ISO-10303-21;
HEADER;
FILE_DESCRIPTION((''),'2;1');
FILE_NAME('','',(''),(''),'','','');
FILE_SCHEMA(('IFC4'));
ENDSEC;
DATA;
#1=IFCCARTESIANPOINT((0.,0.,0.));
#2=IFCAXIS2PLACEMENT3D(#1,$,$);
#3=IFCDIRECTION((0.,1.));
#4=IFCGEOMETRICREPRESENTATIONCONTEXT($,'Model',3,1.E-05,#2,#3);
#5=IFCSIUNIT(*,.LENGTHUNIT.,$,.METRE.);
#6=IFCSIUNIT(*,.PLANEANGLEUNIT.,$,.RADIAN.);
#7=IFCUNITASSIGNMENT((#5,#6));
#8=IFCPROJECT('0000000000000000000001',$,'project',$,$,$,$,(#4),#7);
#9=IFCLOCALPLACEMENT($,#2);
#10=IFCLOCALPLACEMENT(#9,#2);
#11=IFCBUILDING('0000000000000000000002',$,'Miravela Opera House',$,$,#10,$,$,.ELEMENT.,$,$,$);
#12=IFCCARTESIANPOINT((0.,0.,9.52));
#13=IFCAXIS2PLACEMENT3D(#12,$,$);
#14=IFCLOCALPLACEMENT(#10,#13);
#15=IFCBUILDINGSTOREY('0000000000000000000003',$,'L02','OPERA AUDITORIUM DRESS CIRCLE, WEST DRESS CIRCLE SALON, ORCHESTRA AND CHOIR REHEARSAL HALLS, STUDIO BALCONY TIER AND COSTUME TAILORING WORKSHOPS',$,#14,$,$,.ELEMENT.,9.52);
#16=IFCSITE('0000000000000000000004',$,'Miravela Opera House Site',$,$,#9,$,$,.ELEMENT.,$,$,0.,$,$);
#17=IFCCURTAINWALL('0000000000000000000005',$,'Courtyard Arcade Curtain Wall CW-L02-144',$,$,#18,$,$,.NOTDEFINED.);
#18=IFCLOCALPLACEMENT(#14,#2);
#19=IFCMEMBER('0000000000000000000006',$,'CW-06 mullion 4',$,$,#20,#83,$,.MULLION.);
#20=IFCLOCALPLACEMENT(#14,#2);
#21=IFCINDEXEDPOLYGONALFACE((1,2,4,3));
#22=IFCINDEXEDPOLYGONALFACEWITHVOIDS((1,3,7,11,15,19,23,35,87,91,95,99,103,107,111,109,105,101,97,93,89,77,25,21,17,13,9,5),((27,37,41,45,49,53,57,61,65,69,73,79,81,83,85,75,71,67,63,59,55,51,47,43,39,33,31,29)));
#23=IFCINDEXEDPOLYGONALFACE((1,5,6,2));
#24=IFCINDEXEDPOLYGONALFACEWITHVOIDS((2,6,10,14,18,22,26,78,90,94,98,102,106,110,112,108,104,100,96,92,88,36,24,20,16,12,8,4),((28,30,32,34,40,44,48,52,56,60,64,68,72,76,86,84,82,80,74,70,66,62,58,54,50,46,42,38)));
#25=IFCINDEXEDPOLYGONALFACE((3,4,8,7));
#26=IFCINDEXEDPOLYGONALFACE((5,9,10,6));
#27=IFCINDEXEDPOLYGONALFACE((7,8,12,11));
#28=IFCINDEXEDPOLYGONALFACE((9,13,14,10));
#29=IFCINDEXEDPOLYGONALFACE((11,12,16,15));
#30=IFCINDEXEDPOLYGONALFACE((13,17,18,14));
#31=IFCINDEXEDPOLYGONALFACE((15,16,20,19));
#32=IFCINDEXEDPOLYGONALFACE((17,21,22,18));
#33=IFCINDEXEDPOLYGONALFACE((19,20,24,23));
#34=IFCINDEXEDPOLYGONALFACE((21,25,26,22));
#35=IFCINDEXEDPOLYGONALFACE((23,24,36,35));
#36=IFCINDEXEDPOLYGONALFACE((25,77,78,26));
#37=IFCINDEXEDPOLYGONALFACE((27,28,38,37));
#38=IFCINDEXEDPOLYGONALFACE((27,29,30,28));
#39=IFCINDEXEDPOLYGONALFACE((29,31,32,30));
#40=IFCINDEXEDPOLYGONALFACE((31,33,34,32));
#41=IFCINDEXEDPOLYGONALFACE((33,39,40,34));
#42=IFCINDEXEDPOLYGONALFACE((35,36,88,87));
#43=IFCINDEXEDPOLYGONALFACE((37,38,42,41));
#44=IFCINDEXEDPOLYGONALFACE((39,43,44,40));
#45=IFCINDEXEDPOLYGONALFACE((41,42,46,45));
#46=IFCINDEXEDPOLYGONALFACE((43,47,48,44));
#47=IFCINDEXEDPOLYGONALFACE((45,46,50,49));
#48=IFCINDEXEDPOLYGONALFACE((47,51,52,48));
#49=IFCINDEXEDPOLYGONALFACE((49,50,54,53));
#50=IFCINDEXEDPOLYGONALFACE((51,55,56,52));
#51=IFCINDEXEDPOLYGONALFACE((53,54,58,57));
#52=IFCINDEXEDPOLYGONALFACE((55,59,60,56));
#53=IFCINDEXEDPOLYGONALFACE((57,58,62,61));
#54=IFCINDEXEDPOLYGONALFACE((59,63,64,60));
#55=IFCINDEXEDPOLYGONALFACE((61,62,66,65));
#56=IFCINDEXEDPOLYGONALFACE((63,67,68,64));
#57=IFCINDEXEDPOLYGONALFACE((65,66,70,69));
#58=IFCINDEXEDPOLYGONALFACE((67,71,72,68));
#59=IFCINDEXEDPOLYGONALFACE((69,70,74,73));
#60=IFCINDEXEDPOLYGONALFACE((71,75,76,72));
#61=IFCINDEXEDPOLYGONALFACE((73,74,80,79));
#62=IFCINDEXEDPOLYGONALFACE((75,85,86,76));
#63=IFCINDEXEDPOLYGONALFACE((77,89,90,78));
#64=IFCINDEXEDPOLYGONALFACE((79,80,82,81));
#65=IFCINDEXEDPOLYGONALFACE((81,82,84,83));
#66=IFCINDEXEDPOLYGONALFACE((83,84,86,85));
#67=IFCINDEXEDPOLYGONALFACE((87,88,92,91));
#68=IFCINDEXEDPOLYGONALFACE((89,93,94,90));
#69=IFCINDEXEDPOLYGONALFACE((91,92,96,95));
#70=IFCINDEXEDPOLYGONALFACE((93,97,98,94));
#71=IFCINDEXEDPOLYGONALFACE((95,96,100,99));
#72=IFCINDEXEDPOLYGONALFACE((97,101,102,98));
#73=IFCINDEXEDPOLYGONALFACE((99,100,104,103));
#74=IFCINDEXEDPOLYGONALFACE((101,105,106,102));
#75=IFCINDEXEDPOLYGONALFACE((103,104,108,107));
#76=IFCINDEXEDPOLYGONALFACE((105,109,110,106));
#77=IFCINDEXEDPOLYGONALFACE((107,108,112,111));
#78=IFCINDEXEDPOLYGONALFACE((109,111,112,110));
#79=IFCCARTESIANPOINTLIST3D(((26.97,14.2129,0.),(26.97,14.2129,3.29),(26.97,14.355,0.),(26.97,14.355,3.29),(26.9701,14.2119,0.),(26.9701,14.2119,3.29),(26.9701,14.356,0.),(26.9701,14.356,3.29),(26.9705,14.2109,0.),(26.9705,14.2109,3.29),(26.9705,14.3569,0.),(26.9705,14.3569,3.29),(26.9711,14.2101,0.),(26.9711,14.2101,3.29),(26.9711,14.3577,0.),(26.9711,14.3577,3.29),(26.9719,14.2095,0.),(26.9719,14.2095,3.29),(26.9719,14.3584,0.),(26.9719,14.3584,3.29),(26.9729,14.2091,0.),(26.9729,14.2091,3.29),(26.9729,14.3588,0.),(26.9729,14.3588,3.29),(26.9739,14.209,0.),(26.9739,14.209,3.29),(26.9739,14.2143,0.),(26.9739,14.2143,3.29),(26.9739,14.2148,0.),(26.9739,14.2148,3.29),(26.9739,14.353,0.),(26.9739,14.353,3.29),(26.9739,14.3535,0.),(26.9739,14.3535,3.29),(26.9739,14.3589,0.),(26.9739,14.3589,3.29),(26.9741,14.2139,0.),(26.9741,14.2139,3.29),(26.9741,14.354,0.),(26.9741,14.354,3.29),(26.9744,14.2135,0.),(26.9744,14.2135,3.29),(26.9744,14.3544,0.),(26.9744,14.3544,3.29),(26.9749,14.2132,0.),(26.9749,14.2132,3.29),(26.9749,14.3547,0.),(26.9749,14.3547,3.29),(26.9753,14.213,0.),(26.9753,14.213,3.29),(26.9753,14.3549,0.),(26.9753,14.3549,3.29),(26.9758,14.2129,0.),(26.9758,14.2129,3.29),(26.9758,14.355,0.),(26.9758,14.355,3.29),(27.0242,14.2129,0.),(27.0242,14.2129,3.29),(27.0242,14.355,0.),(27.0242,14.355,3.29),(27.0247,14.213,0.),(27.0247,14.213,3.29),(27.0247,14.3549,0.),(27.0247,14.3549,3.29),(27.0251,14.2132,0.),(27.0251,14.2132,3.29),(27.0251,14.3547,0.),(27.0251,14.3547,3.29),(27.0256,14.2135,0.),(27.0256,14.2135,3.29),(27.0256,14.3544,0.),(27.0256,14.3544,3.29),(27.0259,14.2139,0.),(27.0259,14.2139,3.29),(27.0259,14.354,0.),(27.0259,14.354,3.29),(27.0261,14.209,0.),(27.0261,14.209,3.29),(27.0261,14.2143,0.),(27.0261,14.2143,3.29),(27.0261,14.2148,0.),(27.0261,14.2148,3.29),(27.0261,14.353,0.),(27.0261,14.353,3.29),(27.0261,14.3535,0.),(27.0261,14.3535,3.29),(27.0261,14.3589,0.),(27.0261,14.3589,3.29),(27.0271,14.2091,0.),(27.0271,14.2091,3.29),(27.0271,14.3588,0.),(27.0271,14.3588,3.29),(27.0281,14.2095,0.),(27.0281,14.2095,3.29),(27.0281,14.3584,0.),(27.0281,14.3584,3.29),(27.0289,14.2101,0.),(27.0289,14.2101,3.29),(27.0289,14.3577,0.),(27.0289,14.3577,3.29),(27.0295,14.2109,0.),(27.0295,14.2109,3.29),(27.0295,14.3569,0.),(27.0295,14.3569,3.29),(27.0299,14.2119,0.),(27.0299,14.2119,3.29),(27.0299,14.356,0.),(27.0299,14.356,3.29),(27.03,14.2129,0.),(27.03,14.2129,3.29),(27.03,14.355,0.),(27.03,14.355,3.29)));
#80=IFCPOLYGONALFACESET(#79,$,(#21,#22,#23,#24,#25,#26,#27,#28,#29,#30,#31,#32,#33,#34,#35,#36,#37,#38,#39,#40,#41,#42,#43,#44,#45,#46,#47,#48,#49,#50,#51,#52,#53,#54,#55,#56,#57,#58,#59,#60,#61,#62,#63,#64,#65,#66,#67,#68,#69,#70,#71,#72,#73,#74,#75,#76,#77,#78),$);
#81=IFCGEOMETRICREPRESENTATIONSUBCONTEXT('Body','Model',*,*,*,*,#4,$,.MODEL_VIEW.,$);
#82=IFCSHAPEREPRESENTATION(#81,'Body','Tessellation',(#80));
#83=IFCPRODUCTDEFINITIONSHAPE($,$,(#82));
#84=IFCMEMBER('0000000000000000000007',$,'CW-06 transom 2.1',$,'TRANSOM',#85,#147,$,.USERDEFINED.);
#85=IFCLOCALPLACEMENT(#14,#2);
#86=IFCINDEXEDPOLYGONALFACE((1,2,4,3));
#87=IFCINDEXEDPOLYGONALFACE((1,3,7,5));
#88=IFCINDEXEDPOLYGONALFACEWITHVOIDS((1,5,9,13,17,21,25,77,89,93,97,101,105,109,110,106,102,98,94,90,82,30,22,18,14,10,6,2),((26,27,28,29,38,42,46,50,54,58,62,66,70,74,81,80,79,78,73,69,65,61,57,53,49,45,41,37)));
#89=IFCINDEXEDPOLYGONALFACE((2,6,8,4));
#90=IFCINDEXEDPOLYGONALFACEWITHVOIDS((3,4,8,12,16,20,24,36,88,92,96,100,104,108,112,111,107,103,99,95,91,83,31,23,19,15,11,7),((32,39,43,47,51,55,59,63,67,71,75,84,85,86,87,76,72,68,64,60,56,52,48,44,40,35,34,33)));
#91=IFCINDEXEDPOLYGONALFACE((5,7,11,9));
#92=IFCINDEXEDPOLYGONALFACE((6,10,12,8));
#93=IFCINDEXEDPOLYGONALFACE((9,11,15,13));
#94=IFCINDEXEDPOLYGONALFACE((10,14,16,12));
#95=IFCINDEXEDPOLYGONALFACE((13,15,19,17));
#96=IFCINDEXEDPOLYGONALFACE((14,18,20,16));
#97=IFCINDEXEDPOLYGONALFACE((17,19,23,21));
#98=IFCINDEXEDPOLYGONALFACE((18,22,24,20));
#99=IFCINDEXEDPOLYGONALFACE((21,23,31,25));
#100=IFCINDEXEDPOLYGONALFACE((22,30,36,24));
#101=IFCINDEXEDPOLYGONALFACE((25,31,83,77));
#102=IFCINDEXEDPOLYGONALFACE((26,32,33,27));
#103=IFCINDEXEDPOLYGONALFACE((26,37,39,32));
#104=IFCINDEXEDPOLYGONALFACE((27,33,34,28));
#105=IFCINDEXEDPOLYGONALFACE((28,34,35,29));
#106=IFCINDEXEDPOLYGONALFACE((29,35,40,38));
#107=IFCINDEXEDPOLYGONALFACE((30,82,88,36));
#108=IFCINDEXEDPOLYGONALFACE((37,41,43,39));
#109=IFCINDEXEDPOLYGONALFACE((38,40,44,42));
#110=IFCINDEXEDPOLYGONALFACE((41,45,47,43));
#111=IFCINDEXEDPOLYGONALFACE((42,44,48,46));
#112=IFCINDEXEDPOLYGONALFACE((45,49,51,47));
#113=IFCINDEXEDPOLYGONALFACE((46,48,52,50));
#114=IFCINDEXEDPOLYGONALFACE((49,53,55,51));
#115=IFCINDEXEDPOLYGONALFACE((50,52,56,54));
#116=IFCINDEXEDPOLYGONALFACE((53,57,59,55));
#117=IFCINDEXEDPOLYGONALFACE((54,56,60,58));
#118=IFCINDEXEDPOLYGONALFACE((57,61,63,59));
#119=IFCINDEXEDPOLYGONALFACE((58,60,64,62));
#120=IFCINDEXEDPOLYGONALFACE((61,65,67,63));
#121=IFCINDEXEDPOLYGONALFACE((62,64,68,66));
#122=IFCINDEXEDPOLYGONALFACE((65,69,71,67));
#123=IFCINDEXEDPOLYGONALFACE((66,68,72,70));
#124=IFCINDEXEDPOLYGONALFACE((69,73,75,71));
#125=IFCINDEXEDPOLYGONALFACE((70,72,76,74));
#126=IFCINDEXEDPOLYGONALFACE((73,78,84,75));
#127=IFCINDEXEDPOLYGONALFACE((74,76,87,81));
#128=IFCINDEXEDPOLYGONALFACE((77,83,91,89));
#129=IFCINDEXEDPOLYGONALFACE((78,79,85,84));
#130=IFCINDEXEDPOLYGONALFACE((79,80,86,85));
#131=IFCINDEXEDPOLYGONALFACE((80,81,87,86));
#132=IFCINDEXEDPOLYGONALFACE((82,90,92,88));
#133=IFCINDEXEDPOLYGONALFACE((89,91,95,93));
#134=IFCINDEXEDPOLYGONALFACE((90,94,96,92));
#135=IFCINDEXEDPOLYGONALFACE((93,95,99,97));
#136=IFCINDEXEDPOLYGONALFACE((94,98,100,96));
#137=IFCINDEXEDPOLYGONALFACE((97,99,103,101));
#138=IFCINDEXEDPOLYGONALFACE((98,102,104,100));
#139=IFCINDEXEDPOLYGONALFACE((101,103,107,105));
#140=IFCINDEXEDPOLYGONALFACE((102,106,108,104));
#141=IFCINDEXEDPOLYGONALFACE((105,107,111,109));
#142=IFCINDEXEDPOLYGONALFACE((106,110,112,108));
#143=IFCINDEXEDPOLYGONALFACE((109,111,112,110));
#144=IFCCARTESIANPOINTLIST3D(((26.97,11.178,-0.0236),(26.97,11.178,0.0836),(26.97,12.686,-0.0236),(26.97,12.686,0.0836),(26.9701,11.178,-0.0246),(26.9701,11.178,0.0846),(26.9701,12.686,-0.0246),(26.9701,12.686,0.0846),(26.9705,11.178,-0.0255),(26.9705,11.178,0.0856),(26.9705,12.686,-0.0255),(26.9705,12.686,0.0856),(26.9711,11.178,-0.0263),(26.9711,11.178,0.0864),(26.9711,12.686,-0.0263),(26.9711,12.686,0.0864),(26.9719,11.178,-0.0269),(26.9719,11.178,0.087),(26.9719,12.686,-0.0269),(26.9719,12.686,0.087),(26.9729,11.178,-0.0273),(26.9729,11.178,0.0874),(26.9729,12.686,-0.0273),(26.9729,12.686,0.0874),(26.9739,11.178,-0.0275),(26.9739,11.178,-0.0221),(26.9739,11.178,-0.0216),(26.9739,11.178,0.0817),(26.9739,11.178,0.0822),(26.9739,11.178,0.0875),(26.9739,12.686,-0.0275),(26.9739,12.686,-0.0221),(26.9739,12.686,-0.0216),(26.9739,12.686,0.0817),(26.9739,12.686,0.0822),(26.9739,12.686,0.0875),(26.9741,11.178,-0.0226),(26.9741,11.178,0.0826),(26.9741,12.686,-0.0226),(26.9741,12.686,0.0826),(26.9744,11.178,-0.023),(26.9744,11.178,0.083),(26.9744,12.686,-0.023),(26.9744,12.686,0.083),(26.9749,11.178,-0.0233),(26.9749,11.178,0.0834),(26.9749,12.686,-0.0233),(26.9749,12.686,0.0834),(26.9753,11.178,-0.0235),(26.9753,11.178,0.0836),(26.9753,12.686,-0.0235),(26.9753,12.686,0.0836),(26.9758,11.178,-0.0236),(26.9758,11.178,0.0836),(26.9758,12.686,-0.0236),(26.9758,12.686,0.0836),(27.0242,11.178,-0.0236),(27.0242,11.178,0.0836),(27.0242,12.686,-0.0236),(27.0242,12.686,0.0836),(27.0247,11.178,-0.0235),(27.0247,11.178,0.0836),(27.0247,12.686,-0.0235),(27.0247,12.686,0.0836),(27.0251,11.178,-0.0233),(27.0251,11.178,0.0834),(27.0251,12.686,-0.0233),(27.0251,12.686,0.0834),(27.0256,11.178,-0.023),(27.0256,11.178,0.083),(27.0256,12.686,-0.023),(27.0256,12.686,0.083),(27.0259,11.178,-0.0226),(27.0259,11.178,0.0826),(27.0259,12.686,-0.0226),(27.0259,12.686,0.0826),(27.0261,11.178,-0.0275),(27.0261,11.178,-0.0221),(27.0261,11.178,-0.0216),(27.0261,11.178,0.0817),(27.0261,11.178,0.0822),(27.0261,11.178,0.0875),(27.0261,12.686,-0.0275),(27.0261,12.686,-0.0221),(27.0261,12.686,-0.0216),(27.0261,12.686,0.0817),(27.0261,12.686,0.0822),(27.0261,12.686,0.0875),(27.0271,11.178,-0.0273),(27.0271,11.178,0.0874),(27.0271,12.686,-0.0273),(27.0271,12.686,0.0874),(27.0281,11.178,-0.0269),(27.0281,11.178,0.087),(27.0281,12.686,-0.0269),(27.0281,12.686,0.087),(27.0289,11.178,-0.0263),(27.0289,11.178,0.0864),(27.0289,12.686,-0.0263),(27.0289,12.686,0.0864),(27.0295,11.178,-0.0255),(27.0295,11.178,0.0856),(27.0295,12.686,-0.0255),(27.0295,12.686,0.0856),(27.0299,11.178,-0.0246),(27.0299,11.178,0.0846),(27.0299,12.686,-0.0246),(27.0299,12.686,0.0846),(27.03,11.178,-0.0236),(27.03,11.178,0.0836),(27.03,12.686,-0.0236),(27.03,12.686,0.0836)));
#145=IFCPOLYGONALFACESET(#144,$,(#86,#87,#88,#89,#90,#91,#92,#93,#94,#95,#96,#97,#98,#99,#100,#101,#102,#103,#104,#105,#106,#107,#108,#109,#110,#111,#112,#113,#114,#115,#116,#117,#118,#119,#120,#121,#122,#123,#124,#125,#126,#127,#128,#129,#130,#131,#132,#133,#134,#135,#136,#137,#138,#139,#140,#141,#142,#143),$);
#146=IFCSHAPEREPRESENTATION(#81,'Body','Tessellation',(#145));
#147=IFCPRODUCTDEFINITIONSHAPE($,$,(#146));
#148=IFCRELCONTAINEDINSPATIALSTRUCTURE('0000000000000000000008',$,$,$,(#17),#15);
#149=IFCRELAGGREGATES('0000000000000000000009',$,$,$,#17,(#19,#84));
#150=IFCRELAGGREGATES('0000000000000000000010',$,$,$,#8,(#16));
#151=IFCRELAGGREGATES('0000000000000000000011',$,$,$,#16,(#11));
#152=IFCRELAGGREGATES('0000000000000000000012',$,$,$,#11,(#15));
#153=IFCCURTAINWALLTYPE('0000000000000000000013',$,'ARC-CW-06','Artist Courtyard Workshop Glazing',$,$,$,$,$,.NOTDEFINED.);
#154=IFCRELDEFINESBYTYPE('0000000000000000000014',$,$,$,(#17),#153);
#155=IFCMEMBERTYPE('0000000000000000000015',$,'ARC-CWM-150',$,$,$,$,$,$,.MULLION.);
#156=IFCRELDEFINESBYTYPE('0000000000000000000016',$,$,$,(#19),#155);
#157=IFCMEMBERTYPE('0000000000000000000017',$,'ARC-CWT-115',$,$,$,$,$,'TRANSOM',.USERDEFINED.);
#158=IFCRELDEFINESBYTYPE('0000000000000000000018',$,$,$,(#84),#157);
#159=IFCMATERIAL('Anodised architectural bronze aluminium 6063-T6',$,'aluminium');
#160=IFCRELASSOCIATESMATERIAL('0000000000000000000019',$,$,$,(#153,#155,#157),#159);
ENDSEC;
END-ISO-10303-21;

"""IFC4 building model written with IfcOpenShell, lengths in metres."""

from ifc_helpers import new_model, si_unit, direction, frame, origin, origin_2d, place, context, subcontext, project, spatial, hollow_rectangle, extrude, material, material_profile, profile_set, type_object, element, aggregate, save


model = new_model("IFC4")

# Units and contexts
model_context = context("Model", 3, precision=1e-05, world=origin(), true_north=direction((0.0, 1.0)))
body_context = subcontext(model_context, "Body", "Model", "MODEL_VIEW")
ifc_project = project(units=[si_unit("LENGTHUNIT", "METRE"), si_unit("PLANEANGLEUNIT", "RADIAN")], contexts=[model_context])

# Site, building, storey
site_placement = place(None, origin())
site = spatial("IfcSite", under=ifc_project, at=site_placement, Name="Miravela Opera House Site", CompositionType="ELEMENT", RefElevation=0.0)
building_placement = place(site_placement, origin())
building = spatial("IfcBuilding", under=site, at=building_placement, Name="Miravela Opera House", CompositionType="ELEMENT")
storey_placement = place(building_placement, frame((0.0, 0.0, 9.52)))
storey = spatial("IfcBuildingStorey", under=building, at=storey_placement, Name="L02", Description="OPERA AUDITORIUM DRESS CIRCLE, WEST DRESS CIRCLE SALON, ORCHESTRA AND CHOIR REHEARSAL HALLS, STUDIO BALCONY TIER AND COSTUME TAILORING WORKSHOPS", CompositionType="ELEMENT", Elevation=9.52)

# Curtain wall, members
ifc_material_1 = material(Name="Anodised architectural bronze aluminium 6063-T6", Category="aluminium")
curtain_wall_type = type_object("IfcCurtainWallType", Name="ARC-CW-06", Description="Artist Courtyard Workshop Glazing", PredefinedType="NOTDEFINED", material=ifc_material_1)
curtain_wall_placement = place(storey_placement, origin())
curtain_wall = element("IfcCurtainWall", 1, at=curtain_wall_placement, inside=storey, type_object=curtain_wall_type, Name="Courtyard Arcade Curtain Wall CW-L02-144", PredefinedType="NOTDEFINED")
ifc_material_profile_1 = material_profile(ifc_material_1, hollow_rectangle(XDim=0.0601, YDim=0.1499, WallThickness=0.0039, InnerFilletRadius=0.002, OuterFilletRadius=0.0039, at=origin_2d()), Name="CWM-60X150")
ifc_profile_set_1 = profile_set([ifc_material_profile_1])
member_type_1 = type_object("IfcMemberType", Name="ARC-CWM-150", PredefinedType="MULLION", material=ifc_profile_set_1)
member_1_placement = place(storey_placement, frame((27.0, 14.2839, 0.0), z_axis=(0.0, 0.0, 1.0), x_axis=(-1.0, 0.0, 0.0)))
member_1 = element("IfcMember", 2, at=member_1_placement, type_object=member_type_1, Name="CW-06 mullion 4", PredefinedType="MULLION", context=body_context, shape_type="SweptSolid", body=[
    extrude(hollow_rectangle(XDim=0.0601, YDim=0.1499, WallThickness=0.0039, InnerFilletRadius=0.002, OuterFilletRadius=0.0039, at=origin_2d()), origin(), (0.0, 0.0, 1.0), 3.29),
])
ifc_material_profile_2 = material_profile(ifc_material_1, hollow_rectangle(XDim=0.0601, YDim=0.115, WallThickness=0.0039, InnerFilletRadius=0.002, OuterFilletRadius=0.0039, at=origin_2d()), Name="CWT-60X115")
ifc_profile_set_2 = profile_set([ifc_material_profile_2])
member_type_2 = type_object("IfcMemberType", Name="ARC-CWT-115", ElementType="TRANSOM", PredefinedType="USERDEFINED", material=ifc_profile_set_2)
member_2_placement = place(storey_placement, frame((27.0, 11.178, 0.03), z_axis=(0.0, 1.0, 0.0), x_axis=(-1.0, 0.0, 0.0)))
member_2 = element("IfcMember", 3, at=member_2_placement, type_object=member_type_2, Name="CW-06 transom 2.1", ObjectType="TRANSOM", PredefinedType="USERDEFINED", context=body_context, shape_type="SweptSolid", body=[
    extrude(hollow_rectangle(XDim=0.0601, YDim=0.115, WallThickness=0.0039, InnerFilletRadius=0.002, OuterFilletRadius=0.0039, at=origin_2d()), origin(), (0.0, 0.0, 1.0), 1.5081),
])

aggregate(curtain_wall, [member_1, member_2])

save(model, "model.ifc")
